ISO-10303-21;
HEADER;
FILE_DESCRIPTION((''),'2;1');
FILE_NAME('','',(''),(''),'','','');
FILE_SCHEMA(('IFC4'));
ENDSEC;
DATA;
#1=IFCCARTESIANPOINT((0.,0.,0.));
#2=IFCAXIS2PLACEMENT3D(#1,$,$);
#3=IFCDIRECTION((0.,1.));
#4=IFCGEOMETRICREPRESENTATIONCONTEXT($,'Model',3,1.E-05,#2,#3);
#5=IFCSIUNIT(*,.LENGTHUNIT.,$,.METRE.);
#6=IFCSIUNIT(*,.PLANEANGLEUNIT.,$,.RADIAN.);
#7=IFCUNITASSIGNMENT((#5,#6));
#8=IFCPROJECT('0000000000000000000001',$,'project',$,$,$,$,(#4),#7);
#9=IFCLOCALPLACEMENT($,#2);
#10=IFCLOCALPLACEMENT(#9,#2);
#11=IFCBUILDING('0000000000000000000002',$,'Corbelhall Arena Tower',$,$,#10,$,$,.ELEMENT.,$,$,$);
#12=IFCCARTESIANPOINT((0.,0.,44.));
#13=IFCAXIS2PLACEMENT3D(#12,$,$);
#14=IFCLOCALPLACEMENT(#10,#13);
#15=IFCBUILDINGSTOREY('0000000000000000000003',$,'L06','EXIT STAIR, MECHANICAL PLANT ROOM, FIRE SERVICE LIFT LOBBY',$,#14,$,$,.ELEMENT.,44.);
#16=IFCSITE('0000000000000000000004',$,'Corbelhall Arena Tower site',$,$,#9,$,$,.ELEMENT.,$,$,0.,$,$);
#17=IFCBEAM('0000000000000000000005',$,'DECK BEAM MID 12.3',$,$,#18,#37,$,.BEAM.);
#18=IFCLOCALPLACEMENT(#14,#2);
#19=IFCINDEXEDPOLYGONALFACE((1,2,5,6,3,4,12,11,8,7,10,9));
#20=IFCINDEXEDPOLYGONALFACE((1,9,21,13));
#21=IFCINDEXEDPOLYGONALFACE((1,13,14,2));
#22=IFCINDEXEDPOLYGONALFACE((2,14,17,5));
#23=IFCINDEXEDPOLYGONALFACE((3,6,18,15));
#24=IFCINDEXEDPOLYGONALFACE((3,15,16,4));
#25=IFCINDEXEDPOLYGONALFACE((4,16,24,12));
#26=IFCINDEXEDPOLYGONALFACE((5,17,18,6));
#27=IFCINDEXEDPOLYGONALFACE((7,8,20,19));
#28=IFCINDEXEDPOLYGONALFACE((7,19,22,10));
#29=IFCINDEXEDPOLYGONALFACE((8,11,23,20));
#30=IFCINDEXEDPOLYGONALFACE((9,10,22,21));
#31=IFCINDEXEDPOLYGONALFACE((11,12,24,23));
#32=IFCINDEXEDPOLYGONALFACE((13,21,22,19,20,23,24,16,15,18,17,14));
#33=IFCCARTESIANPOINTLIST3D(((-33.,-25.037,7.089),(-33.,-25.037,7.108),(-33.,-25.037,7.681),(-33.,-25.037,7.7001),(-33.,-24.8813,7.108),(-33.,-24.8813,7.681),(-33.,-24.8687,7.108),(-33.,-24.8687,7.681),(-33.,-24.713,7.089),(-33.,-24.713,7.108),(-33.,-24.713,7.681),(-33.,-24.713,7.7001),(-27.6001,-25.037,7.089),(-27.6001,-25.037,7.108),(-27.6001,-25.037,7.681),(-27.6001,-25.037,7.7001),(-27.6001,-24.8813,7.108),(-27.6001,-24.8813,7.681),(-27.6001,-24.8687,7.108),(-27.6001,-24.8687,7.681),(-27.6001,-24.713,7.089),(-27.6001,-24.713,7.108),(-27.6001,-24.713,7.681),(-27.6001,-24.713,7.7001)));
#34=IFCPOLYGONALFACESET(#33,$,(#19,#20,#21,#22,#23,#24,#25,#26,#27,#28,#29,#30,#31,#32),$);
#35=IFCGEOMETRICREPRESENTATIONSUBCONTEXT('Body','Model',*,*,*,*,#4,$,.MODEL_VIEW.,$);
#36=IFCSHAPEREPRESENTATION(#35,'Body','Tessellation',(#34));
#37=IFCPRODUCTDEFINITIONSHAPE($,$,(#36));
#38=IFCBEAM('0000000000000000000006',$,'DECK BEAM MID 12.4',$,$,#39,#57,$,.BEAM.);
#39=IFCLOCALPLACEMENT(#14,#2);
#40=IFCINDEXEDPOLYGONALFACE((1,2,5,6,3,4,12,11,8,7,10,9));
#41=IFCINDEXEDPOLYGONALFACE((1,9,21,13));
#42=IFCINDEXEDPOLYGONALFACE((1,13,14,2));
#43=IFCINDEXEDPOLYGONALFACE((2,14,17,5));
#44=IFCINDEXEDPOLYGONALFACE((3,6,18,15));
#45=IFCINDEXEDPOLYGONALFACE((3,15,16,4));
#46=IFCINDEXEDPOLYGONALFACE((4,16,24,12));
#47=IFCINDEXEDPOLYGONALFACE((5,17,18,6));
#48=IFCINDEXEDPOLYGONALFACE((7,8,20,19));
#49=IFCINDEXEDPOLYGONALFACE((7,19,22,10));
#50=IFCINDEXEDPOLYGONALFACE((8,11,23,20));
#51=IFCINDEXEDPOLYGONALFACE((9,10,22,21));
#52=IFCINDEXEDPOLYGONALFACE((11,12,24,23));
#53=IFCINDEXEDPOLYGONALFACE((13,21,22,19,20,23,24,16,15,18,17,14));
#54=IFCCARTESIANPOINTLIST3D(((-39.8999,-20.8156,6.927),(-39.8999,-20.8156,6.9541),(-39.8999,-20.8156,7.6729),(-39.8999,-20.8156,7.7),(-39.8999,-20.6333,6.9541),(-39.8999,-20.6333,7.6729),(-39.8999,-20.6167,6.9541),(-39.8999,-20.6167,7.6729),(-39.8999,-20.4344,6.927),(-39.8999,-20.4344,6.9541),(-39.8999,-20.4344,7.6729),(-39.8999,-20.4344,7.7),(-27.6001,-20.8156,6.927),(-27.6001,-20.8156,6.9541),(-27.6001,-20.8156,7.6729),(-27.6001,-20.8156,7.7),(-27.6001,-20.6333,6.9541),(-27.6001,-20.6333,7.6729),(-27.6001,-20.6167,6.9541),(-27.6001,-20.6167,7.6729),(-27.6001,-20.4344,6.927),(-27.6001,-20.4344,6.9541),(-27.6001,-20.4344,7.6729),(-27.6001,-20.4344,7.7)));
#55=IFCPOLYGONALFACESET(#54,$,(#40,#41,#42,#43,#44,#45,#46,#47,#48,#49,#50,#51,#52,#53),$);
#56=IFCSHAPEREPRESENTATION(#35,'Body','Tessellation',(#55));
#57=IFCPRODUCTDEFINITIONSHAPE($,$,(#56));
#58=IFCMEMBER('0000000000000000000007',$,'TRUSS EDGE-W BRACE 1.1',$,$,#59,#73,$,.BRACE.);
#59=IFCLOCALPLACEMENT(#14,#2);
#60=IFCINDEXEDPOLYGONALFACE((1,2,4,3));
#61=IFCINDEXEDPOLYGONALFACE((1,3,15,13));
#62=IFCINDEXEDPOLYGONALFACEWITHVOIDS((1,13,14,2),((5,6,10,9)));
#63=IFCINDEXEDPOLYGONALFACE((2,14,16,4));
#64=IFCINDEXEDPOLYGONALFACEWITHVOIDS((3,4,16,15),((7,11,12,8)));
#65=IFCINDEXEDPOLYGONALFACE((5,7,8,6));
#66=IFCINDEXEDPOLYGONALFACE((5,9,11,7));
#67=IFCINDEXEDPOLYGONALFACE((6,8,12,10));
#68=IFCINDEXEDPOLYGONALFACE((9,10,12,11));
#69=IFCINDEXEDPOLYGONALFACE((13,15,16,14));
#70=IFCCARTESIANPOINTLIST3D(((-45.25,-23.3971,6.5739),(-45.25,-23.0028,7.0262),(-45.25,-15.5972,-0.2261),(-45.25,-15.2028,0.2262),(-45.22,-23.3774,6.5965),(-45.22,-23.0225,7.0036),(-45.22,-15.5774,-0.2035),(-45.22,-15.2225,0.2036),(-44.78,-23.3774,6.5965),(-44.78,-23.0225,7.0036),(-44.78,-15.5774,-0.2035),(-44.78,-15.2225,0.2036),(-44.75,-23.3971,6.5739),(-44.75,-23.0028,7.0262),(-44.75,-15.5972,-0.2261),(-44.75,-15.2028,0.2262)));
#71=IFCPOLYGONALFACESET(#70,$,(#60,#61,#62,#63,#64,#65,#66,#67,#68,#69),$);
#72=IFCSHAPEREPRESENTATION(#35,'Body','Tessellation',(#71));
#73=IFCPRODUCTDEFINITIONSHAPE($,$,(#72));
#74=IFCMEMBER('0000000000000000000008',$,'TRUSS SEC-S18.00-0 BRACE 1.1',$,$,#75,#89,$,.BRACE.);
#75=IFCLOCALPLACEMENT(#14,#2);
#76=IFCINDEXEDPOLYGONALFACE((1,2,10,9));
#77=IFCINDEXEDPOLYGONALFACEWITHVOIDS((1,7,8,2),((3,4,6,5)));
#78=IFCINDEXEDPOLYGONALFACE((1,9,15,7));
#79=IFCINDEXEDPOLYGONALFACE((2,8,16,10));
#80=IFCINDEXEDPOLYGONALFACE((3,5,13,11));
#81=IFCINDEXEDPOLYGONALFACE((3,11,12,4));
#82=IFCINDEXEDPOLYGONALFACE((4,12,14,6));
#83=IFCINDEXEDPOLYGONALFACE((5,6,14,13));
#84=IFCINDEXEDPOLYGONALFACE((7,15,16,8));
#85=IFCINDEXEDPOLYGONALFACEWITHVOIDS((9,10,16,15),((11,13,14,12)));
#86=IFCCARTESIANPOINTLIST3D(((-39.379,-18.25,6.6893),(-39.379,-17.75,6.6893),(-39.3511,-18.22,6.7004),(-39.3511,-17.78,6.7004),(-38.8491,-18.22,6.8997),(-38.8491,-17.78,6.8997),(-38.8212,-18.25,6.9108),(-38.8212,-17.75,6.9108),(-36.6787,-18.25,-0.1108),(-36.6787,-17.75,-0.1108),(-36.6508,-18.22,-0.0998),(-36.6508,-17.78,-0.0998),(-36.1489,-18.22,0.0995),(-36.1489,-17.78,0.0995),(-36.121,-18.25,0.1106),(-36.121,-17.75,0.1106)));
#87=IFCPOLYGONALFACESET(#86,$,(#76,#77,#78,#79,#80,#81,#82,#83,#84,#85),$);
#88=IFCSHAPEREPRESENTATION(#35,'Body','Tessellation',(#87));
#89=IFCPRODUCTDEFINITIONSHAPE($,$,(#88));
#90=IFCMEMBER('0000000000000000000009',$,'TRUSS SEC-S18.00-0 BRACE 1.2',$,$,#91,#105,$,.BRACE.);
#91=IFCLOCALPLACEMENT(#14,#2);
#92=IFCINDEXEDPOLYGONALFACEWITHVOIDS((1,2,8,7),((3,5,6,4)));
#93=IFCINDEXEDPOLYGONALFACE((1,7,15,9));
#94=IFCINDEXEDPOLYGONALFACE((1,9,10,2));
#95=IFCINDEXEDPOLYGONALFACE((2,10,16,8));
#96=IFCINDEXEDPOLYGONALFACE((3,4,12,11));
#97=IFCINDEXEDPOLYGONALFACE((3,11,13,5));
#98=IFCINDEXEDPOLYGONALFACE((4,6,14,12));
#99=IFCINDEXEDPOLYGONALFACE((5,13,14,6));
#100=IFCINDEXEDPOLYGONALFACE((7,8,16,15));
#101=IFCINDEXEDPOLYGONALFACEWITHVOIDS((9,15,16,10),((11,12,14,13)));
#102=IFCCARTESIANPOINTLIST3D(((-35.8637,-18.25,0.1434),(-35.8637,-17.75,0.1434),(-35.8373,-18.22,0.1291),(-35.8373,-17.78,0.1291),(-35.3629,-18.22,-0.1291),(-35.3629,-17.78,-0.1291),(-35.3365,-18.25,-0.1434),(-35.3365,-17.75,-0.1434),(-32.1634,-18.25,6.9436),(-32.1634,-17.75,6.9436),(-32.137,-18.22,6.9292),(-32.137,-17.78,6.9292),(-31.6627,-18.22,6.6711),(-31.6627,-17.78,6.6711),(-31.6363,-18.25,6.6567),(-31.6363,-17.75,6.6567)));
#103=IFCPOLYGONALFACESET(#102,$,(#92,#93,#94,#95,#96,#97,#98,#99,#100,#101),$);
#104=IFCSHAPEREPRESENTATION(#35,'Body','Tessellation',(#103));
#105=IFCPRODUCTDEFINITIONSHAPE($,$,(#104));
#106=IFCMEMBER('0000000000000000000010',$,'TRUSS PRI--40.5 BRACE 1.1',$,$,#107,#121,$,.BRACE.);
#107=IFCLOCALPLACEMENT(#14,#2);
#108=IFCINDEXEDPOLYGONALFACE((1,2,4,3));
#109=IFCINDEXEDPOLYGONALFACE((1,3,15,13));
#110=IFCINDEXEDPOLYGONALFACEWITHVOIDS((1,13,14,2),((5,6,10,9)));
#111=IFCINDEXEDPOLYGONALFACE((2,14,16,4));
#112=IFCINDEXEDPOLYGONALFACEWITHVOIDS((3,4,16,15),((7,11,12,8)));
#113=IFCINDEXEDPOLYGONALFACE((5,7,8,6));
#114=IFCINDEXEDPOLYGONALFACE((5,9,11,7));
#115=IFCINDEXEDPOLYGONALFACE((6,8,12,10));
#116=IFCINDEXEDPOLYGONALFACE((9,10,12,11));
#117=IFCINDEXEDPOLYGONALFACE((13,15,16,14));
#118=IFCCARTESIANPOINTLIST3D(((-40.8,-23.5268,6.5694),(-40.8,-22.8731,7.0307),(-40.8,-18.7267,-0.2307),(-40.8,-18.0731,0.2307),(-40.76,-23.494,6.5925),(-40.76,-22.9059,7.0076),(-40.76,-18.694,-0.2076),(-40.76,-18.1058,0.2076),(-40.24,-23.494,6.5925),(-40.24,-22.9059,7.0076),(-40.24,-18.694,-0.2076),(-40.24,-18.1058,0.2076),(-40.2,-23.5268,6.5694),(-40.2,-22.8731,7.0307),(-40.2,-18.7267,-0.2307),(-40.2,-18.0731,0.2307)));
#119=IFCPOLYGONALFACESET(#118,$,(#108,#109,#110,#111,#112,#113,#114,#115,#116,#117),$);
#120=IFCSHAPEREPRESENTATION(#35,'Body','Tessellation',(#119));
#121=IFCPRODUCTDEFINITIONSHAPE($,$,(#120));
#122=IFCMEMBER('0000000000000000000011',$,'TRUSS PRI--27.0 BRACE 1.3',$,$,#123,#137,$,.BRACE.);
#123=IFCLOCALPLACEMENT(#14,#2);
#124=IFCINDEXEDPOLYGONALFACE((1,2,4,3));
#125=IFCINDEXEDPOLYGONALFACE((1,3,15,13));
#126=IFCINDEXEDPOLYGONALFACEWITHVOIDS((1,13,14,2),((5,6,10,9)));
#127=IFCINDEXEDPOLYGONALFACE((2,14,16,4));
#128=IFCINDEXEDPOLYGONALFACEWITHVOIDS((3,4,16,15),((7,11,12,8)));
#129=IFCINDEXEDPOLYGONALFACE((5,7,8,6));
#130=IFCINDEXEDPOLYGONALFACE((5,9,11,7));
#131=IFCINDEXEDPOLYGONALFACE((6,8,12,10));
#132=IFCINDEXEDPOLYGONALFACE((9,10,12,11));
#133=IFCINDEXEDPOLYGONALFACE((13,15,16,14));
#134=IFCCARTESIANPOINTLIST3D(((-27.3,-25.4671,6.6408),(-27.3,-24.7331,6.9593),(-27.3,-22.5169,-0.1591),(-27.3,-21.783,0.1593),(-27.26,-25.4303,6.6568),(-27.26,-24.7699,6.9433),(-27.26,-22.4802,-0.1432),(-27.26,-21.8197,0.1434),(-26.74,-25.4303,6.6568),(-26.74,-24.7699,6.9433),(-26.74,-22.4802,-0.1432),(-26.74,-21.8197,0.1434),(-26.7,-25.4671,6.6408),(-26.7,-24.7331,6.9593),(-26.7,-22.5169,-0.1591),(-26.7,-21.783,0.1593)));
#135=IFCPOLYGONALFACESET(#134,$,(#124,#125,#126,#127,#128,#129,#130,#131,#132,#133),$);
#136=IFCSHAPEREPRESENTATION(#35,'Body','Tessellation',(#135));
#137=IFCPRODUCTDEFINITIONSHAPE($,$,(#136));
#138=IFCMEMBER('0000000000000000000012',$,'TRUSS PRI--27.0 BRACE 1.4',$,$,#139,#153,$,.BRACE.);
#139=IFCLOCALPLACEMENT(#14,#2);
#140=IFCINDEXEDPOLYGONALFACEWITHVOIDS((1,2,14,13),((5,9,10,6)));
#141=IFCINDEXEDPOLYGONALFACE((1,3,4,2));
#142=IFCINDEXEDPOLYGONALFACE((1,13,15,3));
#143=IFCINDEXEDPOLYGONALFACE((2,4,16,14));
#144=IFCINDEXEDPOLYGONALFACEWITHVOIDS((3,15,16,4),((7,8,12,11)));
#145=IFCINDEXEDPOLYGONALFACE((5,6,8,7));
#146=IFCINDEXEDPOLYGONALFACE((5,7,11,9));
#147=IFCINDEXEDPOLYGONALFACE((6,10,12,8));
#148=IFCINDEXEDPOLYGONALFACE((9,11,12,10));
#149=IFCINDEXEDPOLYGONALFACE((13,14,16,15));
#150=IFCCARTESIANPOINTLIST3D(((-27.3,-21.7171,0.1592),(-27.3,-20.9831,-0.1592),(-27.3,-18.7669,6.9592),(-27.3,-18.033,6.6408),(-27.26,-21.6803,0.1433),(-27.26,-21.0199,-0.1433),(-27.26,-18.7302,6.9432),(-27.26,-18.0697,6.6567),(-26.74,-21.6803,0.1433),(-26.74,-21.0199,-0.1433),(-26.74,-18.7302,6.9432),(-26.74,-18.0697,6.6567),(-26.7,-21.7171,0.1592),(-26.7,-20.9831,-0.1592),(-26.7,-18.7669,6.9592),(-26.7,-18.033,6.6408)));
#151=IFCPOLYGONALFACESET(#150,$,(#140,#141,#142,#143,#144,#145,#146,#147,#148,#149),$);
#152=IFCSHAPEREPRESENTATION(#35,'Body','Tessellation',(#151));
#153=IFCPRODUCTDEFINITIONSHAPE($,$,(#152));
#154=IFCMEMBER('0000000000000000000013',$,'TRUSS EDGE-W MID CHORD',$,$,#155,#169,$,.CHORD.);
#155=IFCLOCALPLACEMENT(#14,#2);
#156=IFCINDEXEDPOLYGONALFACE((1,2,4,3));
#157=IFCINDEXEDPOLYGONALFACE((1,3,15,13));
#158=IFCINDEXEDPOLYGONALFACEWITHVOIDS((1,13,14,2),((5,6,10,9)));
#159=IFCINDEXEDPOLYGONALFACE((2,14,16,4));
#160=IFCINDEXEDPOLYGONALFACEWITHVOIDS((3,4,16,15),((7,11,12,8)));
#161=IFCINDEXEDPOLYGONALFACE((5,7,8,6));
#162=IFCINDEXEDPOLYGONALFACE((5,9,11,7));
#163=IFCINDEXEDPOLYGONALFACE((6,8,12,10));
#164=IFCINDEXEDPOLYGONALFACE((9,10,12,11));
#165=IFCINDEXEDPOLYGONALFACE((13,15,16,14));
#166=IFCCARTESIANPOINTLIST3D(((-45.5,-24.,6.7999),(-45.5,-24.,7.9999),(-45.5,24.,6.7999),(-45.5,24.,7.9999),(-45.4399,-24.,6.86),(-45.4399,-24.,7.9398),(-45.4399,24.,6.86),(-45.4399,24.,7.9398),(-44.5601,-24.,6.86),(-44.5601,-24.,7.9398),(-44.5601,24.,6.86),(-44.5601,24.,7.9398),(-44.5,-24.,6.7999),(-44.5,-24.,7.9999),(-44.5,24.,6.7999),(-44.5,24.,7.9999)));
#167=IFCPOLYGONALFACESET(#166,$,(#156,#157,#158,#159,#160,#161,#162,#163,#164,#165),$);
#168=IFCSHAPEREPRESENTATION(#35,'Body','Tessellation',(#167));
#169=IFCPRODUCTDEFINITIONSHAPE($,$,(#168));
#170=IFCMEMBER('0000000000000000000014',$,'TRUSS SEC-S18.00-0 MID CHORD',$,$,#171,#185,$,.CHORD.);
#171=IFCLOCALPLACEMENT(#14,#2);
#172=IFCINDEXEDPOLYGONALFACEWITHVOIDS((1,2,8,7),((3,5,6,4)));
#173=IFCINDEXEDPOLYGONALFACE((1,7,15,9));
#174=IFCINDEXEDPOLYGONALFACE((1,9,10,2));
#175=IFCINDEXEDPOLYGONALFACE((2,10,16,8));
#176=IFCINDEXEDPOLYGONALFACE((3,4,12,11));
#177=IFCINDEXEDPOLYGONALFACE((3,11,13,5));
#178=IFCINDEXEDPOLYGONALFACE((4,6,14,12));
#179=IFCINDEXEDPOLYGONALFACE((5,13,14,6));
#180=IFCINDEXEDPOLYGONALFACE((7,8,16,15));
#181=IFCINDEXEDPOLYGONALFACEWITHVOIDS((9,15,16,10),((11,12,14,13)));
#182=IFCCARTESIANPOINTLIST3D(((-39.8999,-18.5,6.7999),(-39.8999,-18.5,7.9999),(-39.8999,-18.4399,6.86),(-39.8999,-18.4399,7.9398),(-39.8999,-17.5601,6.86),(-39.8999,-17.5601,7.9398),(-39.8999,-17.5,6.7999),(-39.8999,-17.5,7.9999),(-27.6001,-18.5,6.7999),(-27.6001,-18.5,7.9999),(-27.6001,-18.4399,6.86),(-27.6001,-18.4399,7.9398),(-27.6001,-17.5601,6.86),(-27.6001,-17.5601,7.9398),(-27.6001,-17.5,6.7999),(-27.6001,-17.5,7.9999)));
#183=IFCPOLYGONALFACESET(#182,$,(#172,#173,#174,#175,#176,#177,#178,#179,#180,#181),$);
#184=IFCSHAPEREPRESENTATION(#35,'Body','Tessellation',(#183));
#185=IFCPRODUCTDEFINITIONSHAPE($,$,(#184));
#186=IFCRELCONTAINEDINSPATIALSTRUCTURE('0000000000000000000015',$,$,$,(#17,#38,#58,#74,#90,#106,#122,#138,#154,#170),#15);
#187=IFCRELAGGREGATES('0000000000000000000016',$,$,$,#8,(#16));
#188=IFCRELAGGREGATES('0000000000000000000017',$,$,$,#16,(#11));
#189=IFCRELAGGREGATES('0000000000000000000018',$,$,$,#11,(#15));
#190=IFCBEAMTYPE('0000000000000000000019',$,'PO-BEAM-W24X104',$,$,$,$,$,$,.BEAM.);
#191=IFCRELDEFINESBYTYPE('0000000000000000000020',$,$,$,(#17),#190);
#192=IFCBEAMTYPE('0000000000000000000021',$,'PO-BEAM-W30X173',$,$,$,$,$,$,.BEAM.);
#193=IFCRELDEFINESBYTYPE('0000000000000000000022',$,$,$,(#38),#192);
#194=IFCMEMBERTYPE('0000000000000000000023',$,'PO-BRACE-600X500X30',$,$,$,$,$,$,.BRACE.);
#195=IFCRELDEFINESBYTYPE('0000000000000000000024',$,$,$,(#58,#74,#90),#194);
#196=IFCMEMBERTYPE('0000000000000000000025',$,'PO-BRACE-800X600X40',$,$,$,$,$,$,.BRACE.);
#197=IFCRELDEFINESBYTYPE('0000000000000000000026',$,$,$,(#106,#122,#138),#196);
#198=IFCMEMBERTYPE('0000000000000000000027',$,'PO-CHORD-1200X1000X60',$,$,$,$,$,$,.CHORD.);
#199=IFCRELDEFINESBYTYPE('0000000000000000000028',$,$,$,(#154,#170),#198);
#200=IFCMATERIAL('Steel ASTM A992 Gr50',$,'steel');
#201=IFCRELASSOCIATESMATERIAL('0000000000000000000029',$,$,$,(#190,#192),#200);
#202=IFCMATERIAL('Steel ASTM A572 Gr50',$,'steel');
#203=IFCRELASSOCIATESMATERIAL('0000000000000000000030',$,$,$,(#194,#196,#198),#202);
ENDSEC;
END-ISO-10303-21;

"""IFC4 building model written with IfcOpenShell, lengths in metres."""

from ifc_helpers import new_model, si_unit, direction, frame, origin, origin_2d, place, context, subcontext, project, spatial, hollow_rectangle, i_section, extrude, material, material_profile, profile_set, type_object, element, save


model = new_model("IFC4")

# Units and contexts
model_context = context("Model", 3, precision=1e-05, world=origin(), true_north=direction((0.0, 1.0)))
body_context = subcontext(model_context, "Body", "Model", "MODEL_VIEW")
ifc_project = project(units=[si_unit("LENGTHUNIT", "METRE"), si_unit("PLANEANGLEUNIT", "RADIAN")], contexts=[model_context])

# Site, building, storey
site_placement = place(None, origin())
site = spatial("IfcSite", under=ifc_project, at=site_placement, Name="Corbelhall Arena Tower site", CompositionType="ELEMENT", RefElevation=0.0)
building_placement = place(site_placement, origin())
building = spatial("IfcBuilding", under=site, at=building_placement, Name="Corbelhall Arena Tower", CompositionType="ELEMENT")
storey_placement = place(building_placement, frame((0.0, 0.0, 44.0)))
storey = spatial("IfcBuildingStorey", under=building, at=storey_placement, Name="L06", Description="EXIT STAIR, MECHANICAL PLANT ROOM, FIRE SERVICE LIFT LOBBY", CompositionType="ELEMENT", Elevation=44.0)

# Beams
ifc_material_1 = material(Name="Steel ASTM A992 Gr50", Category="steel")
ifc_material_profile_1 = material_profile(ifc_material_1, i_section(OverallWidth=0.324, OverallDepth=0.6111, WebThickness=0.0127, FlangeThickness=0.019, at=origin_2d()))
ifc_profile_set_1 = profile_set([ifc_material_profile_1], Name="Steel ASTM A992 Gr50")
beam_type_1 = type_object("IfcBeamType", Name="PO-BEAM-W24X104", PredefinedType="BEAM", material=ifc_profile_set_1)
beam_1_placement = place(storey_placement, frame((-33.0, -24.875, 7.3945), z_axis=(1.0, 0.0, 0.0), x_axis=(0.0, 1.0, 0.0)))
element("IfcBeam", 1, at=beam_1_placement, inside=storey, type_object=beam_type_1, Name="DECK BEAM MID 12.3", PredefinedType="BEAM", context=body_context, shape_type="SweptSolid", body=[
    extrude(i_section(OverallWidth=0.324, OverallDepth=0.6111, WebThickness=0.0127, FlangeThickness=0.019, at=origin_2d()), origin(), (0.0, 0.0, 1.0), 5.3999),
])
ifc_material_profile_2 = material_profile(ifc_material_1, i_section(OverallWidth=0.3811, OverallDepth=0.7729, WebThickness=0.0166, FlangeThickness=0.0271, at=origin_2d()))
ifc_profile_set_2 = profile_set([ifc_material_profile_2], Name="Steel ASTM A992 Gr50")
beam_type_2 = type_object("IfcBeamType", Name="PO-BEAM-W30X173", PredefinedType="BEAM", material=ifc_profile_set_2)
beam_2_placement = place(storey_placement, frame((-39.8999, -20.625, 7.3135), z_axis=(1.0, 0.0, 0.0), x_axis=(0.0, 1.0, 0.0)))
element("IfcBeam", 2, at=beam_2_placement, inside=storey, type_object=beam_type_2, Name="DECK BEAM MID 12.4", PredefinedType="BEAM", context=body_context, shape_type="SweptSolid", body=[
    extrude(i_section(OverallWidth=0.3811, OverallDepth=0.7729, WebThickness=0.0166, FlangeThickness=0.0271, at=origin_2d()), origin(), (0.0, 0.0, 1.0), 12.2998),
])

# Members
ifc_material_2 = material(Name="Steel ASTM A572 Gr50", Category="steel")
ifc_material_profile_3 = material_profile(ifc_material_2, hollow_rectangle(XDim=0.5, YDim=0.6001, WallThickness=0.03, at=origin_2d()))
ifc_profile_set_3 = profile_set([ifc_material_profile_3], Name="Steel ASTM A572 Gr50")
member_type_1 = type_object("IfcMemberType", Name="PO-BRACE-600X500X30", PredefinedType="BRACE", material=ifc_profile_set_3)
member_1_placement = place(storey_placement, frame((-45.0, -23.2, 6.8), z_axis=(0.0, 0.753772, -0.657136), x_axis=(-1.0, 0.0, 0.0)))
element("IfcMember", 3, at=member_1_placement, inside=storey, type_object=member_type_1, Name="TRUSS EDGE-W BRACE 1.1", PredefinedType="BRACE", context=body_context, shape_type="SweptSolid", body=[
    extrude(hollow_rectangle(XDim=0.5, YDim=0.6001, WallThickness=0.03, at=origin_2d()), origin(), (0.0, 0.0, 1.0), 10.3479),
])
member_2_placement = place(storey_placement, frame((-39.1001, -18.0, 6.8), z_axis=(0.369054, 0.0, -0.929408), x_axis=(0.0, 1.0, 0.0)))
element("IfcMember", 4, at=member_2_placement, inside=storey, type_object=member_type_1, Name="TRUSS SEC-S18.00-0 BRACE 1.1", PredefinedType="BRACE", context=body_context, shape_type="SweptSolid", body=[
    extrude(hollow_rectangle(XDim=0.5, YDim=0.6001, WallThickness=0.03, at=origin_2d()), origin(), (0.0, 0.0, 1.0), 7.3167),
])
member_3_placement = place(storey_placement, frame((-35.6001, -18.0, 0.0), z_axis=(0.477964, 0.0, 0.87838), x_axis=(0.0, 1.0, 0.0)))
element("IfcMember", 5, at=member_3_placement, inside=storey, type_object=member_type_1, Name="TRUSS SEC-S18.00-0 BRACE 1.2", PredefinedType="BRACE", context=body_context, shape_type="SweptSolid", body=[
    extrude(hollow_rectangle(XDim=0.5, YDim=0.6001, WallThickness=0.03, at=origin_2d()), origin(), (0.0, 0.0, 1.0), 7.7417),
])
ifc_material_profile_4 = material_profile(ifc_material_2, hollow_rectangle(XDim=0.6001, YDim=0.8, WallThickness=0.04, at=origin_2d()))
ifc_profile_set_4 = profile_set([ifc_material_profile_4], Name="Steel ASTM A572 Gr50")
member_type_2 = type_object("IfcMemberType", Name="PO-BRACE-800X600X40", PredefinedType="BRACE", material=ifc_profile_set_4)
member_4_placement = place(storey_placement, frame((-40.5, -23.2, 6.8), z_axis=(0.0, 0.576684, -0.816967), x_axis=(-1.0, 0.0, 0.0)))
element("IfcMember", 6, at=member_4_placement, inside=storey, type_object=member_type_2, Name="TRUSS PRI--40.5 BRACE 1.1", PredefinedType="BRACE", context=body_context, shape_type="SweptSolid", body=[
    extrude(hollow_rectangle(XDim=0.6001, YDim=0.8, WallThickness=0.04, at=origin_2d()), origin(), (0.0, 0.0, 1.0), 8.3235),
])
for number, where, z_axis, x_axis, name in (
    (7, (-27.0, -25.1001, 6.8), (0.0, 0.398006, -0.917383), (-1.0, 0.0, 0.0), "TRUSS PRI--27.0 BRACE 1.3"),
    (8, (-27.0, -21.3501, 0.0), (0.0, 0.398006, 0.917383), (-1.0, 0.0, 0.0), "TRUSS PRI--27.0 BRACE 1.4"),
):
    element("IfcMember", number, at=place(storey_placement, frame(where, z_axis=z_axis, x_axis=x_axis)), inside=storey, type_object=member_type_2, Name=name, PredefinedType="BRACE", context=body_context, shape_type="SweptSolid", body=[
        extrude(hollow_rectangle(XDim=0.6001, YDim=0.8, WallThickness=0.04, at=origin_2d()), origin(), (0.0, 0.0, 1.0), 7.4124),
    ])
ifc_material_profile_5 = material_profile(ifc_material_2, hollow_rectangle(XDim=1.0, YDim=1.2, WallThickness=0.0601, at=origin_2d()))
ifc_profile_set_5 = profile_set([ifc_material_profile_5], Name="Steel ASTM A572 Gr50")
member_type_3 = type_object("IfcMemberType", Name="PO-CHORD-1200X1000X60", PredefinedType="CHORD", material=ifc_profile_set_5)
member_5_placement = place(storey_placement, frame((-45.0, -24.0, 7.3999), z_axis=(0.0, 1.0, 0.0), x_axis=(-1.0, 0.0, 0.0)))
element("IfcMember", 9, at=member_5_placement, inside=storey, type_object=member_type_3, Name="TRUSS EDGE-W MID CHORD", PredefinedType="CHORD", context=body_context, shape_type="SweptSolid", body=[
    extrude(hollow_rectangle(XDim=1.0, YDim=1.2, WallThickness=0.0601, at=origin_2d()), origin(), (0.0, 0.0, 1.0), 48.0),
])
member_6_placement = place(storey_placement, frame((-39.8999, -18.0, 7.3999), z_axis=(1.0, 0.0, 0.0), x_axis=(0.0, 1.0, 0.0)))
element("IfcMember", 10, at=member_6_placement, inside=storey, type_object=member_type_3, Name="TRUSS SEC-S18.00-0 MID CHORD", PredefinedType="CHORD", context=body_context, shape_type="SweptSolid", body=[
    extrude(hollow_rectangle(XDim=1.0, YDim=1.2, WallThickness=0.0601, at=origin_2d()), origin(), (0.0, 0.0, 1.0), 12.2998),
])

save(model, "model.ifc")
